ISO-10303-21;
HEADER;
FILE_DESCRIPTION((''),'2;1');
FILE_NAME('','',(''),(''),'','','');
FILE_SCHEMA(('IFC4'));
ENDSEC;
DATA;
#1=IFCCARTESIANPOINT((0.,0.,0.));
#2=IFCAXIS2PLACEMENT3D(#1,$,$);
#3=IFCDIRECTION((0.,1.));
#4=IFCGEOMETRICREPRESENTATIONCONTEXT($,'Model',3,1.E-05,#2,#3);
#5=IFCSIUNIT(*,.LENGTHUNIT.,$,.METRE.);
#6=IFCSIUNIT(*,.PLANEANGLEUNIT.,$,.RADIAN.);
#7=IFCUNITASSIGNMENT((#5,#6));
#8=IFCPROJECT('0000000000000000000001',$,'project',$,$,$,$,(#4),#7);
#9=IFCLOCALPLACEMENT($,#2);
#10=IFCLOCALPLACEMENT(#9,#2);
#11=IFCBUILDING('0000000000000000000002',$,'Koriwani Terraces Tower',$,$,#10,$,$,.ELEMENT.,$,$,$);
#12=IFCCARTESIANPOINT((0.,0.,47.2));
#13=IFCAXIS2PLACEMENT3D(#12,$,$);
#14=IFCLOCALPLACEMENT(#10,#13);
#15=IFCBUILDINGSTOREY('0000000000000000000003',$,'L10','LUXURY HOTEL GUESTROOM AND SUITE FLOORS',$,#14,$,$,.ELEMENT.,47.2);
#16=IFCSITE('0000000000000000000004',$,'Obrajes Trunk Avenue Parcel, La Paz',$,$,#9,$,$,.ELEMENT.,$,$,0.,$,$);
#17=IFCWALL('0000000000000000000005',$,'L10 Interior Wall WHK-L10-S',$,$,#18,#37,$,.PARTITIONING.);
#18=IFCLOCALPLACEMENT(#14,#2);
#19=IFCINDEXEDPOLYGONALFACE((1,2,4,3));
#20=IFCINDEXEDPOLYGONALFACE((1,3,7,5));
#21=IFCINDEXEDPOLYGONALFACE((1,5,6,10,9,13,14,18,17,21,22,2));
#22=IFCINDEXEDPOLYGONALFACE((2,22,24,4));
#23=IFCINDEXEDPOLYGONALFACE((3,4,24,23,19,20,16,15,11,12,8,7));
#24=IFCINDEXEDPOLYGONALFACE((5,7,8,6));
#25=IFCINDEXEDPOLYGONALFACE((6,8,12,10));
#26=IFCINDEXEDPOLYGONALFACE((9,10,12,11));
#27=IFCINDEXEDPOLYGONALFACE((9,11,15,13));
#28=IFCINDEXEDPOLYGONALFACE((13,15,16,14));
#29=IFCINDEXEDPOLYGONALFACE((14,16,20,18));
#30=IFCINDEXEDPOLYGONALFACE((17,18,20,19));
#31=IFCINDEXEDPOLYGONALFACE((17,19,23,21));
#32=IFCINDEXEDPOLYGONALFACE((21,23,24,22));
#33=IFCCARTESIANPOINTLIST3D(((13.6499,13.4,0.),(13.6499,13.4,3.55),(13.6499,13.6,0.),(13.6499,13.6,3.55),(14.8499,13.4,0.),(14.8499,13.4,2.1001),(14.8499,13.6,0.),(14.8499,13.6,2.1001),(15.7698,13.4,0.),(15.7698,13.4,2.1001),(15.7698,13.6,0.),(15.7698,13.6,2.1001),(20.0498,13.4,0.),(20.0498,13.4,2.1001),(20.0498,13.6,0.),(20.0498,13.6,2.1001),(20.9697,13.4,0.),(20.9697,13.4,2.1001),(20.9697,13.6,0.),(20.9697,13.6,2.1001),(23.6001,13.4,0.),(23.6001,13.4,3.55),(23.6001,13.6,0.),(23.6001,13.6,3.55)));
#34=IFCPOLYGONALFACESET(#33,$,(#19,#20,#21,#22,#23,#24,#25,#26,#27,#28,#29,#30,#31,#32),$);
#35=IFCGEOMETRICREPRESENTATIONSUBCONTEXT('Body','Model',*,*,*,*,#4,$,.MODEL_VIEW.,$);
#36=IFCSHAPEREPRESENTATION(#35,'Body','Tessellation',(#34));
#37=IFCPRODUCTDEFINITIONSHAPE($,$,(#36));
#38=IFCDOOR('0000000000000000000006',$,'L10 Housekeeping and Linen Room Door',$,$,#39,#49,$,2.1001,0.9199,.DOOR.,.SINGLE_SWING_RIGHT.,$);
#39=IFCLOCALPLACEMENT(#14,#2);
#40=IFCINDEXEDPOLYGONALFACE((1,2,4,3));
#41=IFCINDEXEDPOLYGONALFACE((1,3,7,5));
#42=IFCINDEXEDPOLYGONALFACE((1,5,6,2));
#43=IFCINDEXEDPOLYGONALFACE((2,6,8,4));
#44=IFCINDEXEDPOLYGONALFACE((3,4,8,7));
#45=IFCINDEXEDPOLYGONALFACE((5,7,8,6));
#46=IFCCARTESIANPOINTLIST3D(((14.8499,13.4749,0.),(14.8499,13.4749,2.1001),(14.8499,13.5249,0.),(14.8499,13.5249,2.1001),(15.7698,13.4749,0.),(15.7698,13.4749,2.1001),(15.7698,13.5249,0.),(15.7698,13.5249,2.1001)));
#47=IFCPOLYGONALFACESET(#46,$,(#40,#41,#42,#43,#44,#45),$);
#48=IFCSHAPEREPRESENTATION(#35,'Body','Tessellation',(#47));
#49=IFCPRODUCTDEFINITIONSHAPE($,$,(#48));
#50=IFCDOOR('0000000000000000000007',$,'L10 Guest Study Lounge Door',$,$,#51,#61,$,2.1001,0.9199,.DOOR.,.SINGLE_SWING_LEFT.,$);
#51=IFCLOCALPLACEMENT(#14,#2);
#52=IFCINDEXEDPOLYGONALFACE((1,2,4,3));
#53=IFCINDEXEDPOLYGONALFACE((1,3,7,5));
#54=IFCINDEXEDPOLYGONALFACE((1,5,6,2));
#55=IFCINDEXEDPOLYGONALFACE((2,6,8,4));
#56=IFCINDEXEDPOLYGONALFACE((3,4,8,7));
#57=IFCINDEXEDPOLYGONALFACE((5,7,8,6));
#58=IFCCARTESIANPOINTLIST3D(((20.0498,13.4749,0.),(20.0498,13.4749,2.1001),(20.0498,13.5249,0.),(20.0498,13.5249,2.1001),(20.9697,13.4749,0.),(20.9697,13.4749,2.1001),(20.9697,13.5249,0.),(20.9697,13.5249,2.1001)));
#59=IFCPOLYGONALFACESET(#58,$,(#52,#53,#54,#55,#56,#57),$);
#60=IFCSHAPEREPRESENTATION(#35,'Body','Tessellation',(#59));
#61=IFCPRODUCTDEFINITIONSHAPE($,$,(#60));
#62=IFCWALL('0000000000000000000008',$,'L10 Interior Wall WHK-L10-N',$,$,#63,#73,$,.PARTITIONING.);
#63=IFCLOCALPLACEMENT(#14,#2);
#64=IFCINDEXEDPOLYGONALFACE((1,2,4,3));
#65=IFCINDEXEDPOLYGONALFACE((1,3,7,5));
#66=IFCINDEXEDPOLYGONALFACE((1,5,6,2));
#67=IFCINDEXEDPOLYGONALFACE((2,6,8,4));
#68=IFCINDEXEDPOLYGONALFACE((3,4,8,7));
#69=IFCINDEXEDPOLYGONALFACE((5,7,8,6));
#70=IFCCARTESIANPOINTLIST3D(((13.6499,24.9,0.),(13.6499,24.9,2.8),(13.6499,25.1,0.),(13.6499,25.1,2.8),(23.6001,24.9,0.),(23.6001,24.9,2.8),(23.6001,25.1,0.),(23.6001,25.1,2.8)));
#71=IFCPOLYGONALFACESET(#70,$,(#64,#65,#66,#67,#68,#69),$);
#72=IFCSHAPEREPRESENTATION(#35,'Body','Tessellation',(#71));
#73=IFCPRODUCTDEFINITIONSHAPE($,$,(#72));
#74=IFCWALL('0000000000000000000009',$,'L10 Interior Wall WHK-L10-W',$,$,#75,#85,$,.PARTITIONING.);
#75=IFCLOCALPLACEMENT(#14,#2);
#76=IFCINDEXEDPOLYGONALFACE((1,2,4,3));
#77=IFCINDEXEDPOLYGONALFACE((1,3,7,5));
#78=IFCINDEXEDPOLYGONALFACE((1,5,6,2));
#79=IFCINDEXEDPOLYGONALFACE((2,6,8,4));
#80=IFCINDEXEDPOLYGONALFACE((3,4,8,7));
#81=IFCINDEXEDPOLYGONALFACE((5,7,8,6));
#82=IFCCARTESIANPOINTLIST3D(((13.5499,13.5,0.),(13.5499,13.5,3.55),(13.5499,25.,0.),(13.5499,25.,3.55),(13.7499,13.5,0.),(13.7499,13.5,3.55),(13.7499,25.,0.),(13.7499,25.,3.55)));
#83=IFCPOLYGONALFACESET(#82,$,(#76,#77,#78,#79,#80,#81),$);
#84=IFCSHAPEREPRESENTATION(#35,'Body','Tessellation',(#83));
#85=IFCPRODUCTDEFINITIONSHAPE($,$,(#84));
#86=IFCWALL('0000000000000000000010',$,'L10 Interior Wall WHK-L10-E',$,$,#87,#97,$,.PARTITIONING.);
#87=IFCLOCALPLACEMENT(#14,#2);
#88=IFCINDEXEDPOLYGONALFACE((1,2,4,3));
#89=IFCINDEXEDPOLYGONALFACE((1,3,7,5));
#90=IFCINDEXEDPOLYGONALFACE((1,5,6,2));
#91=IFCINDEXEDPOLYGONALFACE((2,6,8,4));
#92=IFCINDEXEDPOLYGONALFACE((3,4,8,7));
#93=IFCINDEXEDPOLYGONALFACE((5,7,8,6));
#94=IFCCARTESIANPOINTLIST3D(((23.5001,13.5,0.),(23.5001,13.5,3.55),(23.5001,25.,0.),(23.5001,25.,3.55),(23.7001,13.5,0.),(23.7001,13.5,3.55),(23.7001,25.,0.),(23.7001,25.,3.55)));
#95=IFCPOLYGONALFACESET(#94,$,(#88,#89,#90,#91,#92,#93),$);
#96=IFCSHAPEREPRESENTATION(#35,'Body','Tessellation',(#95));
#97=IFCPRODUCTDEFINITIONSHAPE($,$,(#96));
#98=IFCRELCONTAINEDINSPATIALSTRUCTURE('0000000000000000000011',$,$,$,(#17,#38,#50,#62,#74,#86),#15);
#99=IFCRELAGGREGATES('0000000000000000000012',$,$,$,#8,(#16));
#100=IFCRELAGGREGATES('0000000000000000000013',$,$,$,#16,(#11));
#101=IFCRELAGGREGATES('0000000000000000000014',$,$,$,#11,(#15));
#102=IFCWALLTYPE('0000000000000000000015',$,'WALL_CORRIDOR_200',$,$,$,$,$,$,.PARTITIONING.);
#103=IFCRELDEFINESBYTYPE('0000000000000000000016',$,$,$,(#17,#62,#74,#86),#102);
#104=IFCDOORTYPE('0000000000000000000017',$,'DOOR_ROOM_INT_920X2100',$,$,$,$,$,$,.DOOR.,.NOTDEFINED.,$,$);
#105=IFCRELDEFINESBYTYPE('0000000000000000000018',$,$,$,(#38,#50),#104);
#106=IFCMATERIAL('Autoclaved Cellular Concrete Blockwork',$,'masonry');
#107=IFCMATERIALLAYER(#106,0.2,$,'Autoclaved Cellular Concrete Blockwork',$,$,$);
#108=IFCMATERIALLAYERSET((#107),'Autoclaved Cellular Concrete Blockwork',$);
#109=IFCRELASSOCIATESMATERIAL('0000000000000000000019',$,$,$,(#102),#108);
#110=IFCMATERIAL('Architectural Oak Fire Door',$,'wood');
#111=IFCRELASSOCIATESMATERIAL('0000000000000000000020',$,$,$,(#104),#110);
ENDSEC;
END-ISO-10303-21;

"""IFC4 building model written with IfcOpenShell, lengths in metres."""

from ifc_helpers import new_model, si_unit, direction, frame, frame_2d, origin, place, context, subcontext, project, spatial, rectangle, extrude, material, layer, layer_set, type_object, element, fill, save


model = new_model("IFC4")

# Units and contexts
model_context = context("Model", 3, precision=1e-05, world=origin(), true_north=direction((0.0, 1.0)))
body_context = subcontext(model_context, "Body", "Model", "MODEL_VIEW")
ifc_project = project(units=[si_unit("LENGTHUNIT", "METRE"), si_unit("PLANEANGLEUNIT", "RADIAN")], contexts=[model_context])

# Site, building, storey
site_placement = place(None, origin())
site = spatial("IfcSite", under=ifc_project, at=site_placement, Name="Obrajes Trunk Avenue Parcel, La Paz", CompositionType="ELEMENT", RefElevation=0.0)
building_placement = place(site_placement, origin())
building = spatial("IfcBuilding", under=site, at=building_placement, Name="Koriwani Terraces Tower", CompositionType="ELEMENT")
storey_placement = place(building_placement, frame((0.0, 0.0, 47.2)))
storey = spatial("IfcBuildingStorey", under=building, at=storey_placement, Name="L10", Description="LUXURY HOTEL GUESTROOM AND SUITE FLOORS", CompositionType="ELEMENT", Elevation=47.2)

# Wall, openings, doors
ifc_material_1 = material(Name="Autoclaved Cellular Concrete Blockwork", Category="masonry")
ifc_layer_1 = layer(ifc_material_1, 0.2, Name="Autoclaved Cellular Concrete Blockwork")
ifc_layer_set_1 = layer_set([ifc_layer_1], Name="Autoclaved Cellular Concrete Blockwork")
wall_type_1 = type_object("IfcWallType", Name="WALL_CORRIDOR_200", PredefinedType="PARTITIONING", material=ifc_layer_set_1)
wall_1_placement = place(storey_placement, frame((13.6499, 13.5, 0.0), z_axis=(0.0, 0.0, 1.0), x_axis=(1.0, 0.0, 0.0)))
wall_1 = element("IfcWall", 1, at=wall_1_placement, inside=storey, type_object=wall_type_1, Name="L10 Interior Wall WHK-L10-S", PredefinedType="PARTITIONING", context=body_context, shape_type="SweptSolid", body=[
    extrude(rectangle(XDim=9.9502, YDim=0.2, at=frame_2d((4.9751, 0.0))), origin(), (0.0, 0.0, 1.0), 3.55),
])
opening_1_placement = place(wall_1_placement, frame((1.2, 0.0, 0.0)))
opening_1 = element("IfcOpeningElement", 2, at=opening_1_placement, cuts=wall_1, PredefinedType="OPENING", context=body_context, shape_type="SweptSolid", body=[
    extrude(rectangle(XDim=0.9199, YDim=2.1001, at=frame_2d((0.46, 1.05))), frame((0.0, 0.1099, 0.0), z_axis=(0.0, -1.0, 0.0), x_axis=(1.0, 0.0, 0.0)), (0.0, 0.0, 1.0), 0.22),
])
opening_2_placement = place(wall_1_placement, frame((6.3999, 0.0, 0.0)))
opening_2 = element("IfcOpeningElement", 3, at=opening_2_placement, cuts=wall_1, PredefinedType="OPENING", context=body_context, shape_type="SweptSolid", body=[
    extrude(rectangle(XDim=0.9199, YDim=2.1001, at=frame_2d((0.46, 1.05))), frame((0.0, 0.1099, 0.0), z_axis=(0.0, -1.0, 0.0), x_axis=(1.0, 0.0, 0.0)), (0.0, 0.0, 1.0), 0.22),
])
ifc_material_2 = material(Name="Architectural Oak Fire Door", Category="wood")
door_type_1 = type_object("IfcDoorType", Name="DOOR_ROOM_INT_920X2100", OperationType="NOTDEFINED", PredefinedType="DOOR", material=ifc_material_2)
door_1_placement = place(opening_1_placement, origin())
door_1 = element("IfcDoor", 4, at=door_1_placement, inside=storey, type_object=door_type_1, Name="L10 Housekeeping and Linen Room Door", OperationType="SINGLE_SWING_RIGHT", OverallHeight=2.1001, OverallWidth=0.9199, PredefinedType="DOOR", context=body_context, shape_type="SweptSolid", body=[
    extrude(rectangle(XDim=0.9199, YDim=2.1001, at=frame_2d((0.46, 1.05))), frame((0.0, 0.0249, 0.0), z_axis=(0.0, -1.0, 0.0), x_axis=(1.0, 0.0, 0.0)), (0.0, 0.0, 1.0), 0.05),
])
fill(opening_1, door_1)
door_2_placement = place(opening_2_placement, origin())
door_2 = element("IfcDoor", 5, at=door_2_placement, inside=storey, type_object=door_type_1, Name="L10 Guest Study Lounge Door", OperationType="SINGLE_SWING_LEFT", OverallHeight=2.1001, OverallWidth=0.9199, PredefinedType="DOOR", context=body_context, shape_type="SweptSolid", body=[
    extrude(rectangle(XDim=0.9199, YDim=2.1001, at=frame_2d((0.46, 1.05))), frame((0.0, 0.0249, 0.0), z_axis=(0.0, -1.0, 0.0), x_axis=(1.0, 0.0, 0.0)), (0.0, 0.0, 1.0), 0.05),
])
fill(opening_2, door_2)

# Walls
wall_2_placement = place(storey_placement, frame((13.6499, 25.0, 0.0), z_axis=(0.0, 0.0, 1.0), x_axis=(1.0, 0.0, 0.0)))
element("IfcWall", 6, at=wall_2_placement, inside=storey, type_object=wall_type_1, Name="L10 Interior Wall WHK-L10-N", PredefinedType="PARTITIONING", context=body_context, shape_type="SweptSolid", body=[
    extrude(rectangle(XDim=9.9502, YDim=0.2, at=frame_2d((4.9751, 0.0))), origin(), (0.0, 0.0, 1.0), 2.8),
])
for number, where, z_axis, x_axis, name in (
    (7, (13.6499, 13.5, 0.0), (0.0, 0.0, 1.0), (0.0, 1.0, 0.0), "L10 Interior Wall WHK-L10-W"),
    (8, (23.6001, 13.5, 0.0), (0.0, 0.0, 1.0), (0.0, 1.0, 0.0), "L10 Interior Wall WHK-L10-E"),
):
    element("IfcWall", number, at=place(storey_placement, frame(where, z_axis=z_axis, x_axis=x_axis)), inside=storey, type_object=wall_type_1, Name=name, PredefinedType="PARTITIONING", context=body_context, shape_type="SweptSolid", body=[
        extrude(rectangle(XDim=11.5, YDim=0.2, at=frame_2d((5.75, 0.0))), origin(), (0.0, 0.0, 1.0), 3.55),
    ])

save(model, "model.ifc")
